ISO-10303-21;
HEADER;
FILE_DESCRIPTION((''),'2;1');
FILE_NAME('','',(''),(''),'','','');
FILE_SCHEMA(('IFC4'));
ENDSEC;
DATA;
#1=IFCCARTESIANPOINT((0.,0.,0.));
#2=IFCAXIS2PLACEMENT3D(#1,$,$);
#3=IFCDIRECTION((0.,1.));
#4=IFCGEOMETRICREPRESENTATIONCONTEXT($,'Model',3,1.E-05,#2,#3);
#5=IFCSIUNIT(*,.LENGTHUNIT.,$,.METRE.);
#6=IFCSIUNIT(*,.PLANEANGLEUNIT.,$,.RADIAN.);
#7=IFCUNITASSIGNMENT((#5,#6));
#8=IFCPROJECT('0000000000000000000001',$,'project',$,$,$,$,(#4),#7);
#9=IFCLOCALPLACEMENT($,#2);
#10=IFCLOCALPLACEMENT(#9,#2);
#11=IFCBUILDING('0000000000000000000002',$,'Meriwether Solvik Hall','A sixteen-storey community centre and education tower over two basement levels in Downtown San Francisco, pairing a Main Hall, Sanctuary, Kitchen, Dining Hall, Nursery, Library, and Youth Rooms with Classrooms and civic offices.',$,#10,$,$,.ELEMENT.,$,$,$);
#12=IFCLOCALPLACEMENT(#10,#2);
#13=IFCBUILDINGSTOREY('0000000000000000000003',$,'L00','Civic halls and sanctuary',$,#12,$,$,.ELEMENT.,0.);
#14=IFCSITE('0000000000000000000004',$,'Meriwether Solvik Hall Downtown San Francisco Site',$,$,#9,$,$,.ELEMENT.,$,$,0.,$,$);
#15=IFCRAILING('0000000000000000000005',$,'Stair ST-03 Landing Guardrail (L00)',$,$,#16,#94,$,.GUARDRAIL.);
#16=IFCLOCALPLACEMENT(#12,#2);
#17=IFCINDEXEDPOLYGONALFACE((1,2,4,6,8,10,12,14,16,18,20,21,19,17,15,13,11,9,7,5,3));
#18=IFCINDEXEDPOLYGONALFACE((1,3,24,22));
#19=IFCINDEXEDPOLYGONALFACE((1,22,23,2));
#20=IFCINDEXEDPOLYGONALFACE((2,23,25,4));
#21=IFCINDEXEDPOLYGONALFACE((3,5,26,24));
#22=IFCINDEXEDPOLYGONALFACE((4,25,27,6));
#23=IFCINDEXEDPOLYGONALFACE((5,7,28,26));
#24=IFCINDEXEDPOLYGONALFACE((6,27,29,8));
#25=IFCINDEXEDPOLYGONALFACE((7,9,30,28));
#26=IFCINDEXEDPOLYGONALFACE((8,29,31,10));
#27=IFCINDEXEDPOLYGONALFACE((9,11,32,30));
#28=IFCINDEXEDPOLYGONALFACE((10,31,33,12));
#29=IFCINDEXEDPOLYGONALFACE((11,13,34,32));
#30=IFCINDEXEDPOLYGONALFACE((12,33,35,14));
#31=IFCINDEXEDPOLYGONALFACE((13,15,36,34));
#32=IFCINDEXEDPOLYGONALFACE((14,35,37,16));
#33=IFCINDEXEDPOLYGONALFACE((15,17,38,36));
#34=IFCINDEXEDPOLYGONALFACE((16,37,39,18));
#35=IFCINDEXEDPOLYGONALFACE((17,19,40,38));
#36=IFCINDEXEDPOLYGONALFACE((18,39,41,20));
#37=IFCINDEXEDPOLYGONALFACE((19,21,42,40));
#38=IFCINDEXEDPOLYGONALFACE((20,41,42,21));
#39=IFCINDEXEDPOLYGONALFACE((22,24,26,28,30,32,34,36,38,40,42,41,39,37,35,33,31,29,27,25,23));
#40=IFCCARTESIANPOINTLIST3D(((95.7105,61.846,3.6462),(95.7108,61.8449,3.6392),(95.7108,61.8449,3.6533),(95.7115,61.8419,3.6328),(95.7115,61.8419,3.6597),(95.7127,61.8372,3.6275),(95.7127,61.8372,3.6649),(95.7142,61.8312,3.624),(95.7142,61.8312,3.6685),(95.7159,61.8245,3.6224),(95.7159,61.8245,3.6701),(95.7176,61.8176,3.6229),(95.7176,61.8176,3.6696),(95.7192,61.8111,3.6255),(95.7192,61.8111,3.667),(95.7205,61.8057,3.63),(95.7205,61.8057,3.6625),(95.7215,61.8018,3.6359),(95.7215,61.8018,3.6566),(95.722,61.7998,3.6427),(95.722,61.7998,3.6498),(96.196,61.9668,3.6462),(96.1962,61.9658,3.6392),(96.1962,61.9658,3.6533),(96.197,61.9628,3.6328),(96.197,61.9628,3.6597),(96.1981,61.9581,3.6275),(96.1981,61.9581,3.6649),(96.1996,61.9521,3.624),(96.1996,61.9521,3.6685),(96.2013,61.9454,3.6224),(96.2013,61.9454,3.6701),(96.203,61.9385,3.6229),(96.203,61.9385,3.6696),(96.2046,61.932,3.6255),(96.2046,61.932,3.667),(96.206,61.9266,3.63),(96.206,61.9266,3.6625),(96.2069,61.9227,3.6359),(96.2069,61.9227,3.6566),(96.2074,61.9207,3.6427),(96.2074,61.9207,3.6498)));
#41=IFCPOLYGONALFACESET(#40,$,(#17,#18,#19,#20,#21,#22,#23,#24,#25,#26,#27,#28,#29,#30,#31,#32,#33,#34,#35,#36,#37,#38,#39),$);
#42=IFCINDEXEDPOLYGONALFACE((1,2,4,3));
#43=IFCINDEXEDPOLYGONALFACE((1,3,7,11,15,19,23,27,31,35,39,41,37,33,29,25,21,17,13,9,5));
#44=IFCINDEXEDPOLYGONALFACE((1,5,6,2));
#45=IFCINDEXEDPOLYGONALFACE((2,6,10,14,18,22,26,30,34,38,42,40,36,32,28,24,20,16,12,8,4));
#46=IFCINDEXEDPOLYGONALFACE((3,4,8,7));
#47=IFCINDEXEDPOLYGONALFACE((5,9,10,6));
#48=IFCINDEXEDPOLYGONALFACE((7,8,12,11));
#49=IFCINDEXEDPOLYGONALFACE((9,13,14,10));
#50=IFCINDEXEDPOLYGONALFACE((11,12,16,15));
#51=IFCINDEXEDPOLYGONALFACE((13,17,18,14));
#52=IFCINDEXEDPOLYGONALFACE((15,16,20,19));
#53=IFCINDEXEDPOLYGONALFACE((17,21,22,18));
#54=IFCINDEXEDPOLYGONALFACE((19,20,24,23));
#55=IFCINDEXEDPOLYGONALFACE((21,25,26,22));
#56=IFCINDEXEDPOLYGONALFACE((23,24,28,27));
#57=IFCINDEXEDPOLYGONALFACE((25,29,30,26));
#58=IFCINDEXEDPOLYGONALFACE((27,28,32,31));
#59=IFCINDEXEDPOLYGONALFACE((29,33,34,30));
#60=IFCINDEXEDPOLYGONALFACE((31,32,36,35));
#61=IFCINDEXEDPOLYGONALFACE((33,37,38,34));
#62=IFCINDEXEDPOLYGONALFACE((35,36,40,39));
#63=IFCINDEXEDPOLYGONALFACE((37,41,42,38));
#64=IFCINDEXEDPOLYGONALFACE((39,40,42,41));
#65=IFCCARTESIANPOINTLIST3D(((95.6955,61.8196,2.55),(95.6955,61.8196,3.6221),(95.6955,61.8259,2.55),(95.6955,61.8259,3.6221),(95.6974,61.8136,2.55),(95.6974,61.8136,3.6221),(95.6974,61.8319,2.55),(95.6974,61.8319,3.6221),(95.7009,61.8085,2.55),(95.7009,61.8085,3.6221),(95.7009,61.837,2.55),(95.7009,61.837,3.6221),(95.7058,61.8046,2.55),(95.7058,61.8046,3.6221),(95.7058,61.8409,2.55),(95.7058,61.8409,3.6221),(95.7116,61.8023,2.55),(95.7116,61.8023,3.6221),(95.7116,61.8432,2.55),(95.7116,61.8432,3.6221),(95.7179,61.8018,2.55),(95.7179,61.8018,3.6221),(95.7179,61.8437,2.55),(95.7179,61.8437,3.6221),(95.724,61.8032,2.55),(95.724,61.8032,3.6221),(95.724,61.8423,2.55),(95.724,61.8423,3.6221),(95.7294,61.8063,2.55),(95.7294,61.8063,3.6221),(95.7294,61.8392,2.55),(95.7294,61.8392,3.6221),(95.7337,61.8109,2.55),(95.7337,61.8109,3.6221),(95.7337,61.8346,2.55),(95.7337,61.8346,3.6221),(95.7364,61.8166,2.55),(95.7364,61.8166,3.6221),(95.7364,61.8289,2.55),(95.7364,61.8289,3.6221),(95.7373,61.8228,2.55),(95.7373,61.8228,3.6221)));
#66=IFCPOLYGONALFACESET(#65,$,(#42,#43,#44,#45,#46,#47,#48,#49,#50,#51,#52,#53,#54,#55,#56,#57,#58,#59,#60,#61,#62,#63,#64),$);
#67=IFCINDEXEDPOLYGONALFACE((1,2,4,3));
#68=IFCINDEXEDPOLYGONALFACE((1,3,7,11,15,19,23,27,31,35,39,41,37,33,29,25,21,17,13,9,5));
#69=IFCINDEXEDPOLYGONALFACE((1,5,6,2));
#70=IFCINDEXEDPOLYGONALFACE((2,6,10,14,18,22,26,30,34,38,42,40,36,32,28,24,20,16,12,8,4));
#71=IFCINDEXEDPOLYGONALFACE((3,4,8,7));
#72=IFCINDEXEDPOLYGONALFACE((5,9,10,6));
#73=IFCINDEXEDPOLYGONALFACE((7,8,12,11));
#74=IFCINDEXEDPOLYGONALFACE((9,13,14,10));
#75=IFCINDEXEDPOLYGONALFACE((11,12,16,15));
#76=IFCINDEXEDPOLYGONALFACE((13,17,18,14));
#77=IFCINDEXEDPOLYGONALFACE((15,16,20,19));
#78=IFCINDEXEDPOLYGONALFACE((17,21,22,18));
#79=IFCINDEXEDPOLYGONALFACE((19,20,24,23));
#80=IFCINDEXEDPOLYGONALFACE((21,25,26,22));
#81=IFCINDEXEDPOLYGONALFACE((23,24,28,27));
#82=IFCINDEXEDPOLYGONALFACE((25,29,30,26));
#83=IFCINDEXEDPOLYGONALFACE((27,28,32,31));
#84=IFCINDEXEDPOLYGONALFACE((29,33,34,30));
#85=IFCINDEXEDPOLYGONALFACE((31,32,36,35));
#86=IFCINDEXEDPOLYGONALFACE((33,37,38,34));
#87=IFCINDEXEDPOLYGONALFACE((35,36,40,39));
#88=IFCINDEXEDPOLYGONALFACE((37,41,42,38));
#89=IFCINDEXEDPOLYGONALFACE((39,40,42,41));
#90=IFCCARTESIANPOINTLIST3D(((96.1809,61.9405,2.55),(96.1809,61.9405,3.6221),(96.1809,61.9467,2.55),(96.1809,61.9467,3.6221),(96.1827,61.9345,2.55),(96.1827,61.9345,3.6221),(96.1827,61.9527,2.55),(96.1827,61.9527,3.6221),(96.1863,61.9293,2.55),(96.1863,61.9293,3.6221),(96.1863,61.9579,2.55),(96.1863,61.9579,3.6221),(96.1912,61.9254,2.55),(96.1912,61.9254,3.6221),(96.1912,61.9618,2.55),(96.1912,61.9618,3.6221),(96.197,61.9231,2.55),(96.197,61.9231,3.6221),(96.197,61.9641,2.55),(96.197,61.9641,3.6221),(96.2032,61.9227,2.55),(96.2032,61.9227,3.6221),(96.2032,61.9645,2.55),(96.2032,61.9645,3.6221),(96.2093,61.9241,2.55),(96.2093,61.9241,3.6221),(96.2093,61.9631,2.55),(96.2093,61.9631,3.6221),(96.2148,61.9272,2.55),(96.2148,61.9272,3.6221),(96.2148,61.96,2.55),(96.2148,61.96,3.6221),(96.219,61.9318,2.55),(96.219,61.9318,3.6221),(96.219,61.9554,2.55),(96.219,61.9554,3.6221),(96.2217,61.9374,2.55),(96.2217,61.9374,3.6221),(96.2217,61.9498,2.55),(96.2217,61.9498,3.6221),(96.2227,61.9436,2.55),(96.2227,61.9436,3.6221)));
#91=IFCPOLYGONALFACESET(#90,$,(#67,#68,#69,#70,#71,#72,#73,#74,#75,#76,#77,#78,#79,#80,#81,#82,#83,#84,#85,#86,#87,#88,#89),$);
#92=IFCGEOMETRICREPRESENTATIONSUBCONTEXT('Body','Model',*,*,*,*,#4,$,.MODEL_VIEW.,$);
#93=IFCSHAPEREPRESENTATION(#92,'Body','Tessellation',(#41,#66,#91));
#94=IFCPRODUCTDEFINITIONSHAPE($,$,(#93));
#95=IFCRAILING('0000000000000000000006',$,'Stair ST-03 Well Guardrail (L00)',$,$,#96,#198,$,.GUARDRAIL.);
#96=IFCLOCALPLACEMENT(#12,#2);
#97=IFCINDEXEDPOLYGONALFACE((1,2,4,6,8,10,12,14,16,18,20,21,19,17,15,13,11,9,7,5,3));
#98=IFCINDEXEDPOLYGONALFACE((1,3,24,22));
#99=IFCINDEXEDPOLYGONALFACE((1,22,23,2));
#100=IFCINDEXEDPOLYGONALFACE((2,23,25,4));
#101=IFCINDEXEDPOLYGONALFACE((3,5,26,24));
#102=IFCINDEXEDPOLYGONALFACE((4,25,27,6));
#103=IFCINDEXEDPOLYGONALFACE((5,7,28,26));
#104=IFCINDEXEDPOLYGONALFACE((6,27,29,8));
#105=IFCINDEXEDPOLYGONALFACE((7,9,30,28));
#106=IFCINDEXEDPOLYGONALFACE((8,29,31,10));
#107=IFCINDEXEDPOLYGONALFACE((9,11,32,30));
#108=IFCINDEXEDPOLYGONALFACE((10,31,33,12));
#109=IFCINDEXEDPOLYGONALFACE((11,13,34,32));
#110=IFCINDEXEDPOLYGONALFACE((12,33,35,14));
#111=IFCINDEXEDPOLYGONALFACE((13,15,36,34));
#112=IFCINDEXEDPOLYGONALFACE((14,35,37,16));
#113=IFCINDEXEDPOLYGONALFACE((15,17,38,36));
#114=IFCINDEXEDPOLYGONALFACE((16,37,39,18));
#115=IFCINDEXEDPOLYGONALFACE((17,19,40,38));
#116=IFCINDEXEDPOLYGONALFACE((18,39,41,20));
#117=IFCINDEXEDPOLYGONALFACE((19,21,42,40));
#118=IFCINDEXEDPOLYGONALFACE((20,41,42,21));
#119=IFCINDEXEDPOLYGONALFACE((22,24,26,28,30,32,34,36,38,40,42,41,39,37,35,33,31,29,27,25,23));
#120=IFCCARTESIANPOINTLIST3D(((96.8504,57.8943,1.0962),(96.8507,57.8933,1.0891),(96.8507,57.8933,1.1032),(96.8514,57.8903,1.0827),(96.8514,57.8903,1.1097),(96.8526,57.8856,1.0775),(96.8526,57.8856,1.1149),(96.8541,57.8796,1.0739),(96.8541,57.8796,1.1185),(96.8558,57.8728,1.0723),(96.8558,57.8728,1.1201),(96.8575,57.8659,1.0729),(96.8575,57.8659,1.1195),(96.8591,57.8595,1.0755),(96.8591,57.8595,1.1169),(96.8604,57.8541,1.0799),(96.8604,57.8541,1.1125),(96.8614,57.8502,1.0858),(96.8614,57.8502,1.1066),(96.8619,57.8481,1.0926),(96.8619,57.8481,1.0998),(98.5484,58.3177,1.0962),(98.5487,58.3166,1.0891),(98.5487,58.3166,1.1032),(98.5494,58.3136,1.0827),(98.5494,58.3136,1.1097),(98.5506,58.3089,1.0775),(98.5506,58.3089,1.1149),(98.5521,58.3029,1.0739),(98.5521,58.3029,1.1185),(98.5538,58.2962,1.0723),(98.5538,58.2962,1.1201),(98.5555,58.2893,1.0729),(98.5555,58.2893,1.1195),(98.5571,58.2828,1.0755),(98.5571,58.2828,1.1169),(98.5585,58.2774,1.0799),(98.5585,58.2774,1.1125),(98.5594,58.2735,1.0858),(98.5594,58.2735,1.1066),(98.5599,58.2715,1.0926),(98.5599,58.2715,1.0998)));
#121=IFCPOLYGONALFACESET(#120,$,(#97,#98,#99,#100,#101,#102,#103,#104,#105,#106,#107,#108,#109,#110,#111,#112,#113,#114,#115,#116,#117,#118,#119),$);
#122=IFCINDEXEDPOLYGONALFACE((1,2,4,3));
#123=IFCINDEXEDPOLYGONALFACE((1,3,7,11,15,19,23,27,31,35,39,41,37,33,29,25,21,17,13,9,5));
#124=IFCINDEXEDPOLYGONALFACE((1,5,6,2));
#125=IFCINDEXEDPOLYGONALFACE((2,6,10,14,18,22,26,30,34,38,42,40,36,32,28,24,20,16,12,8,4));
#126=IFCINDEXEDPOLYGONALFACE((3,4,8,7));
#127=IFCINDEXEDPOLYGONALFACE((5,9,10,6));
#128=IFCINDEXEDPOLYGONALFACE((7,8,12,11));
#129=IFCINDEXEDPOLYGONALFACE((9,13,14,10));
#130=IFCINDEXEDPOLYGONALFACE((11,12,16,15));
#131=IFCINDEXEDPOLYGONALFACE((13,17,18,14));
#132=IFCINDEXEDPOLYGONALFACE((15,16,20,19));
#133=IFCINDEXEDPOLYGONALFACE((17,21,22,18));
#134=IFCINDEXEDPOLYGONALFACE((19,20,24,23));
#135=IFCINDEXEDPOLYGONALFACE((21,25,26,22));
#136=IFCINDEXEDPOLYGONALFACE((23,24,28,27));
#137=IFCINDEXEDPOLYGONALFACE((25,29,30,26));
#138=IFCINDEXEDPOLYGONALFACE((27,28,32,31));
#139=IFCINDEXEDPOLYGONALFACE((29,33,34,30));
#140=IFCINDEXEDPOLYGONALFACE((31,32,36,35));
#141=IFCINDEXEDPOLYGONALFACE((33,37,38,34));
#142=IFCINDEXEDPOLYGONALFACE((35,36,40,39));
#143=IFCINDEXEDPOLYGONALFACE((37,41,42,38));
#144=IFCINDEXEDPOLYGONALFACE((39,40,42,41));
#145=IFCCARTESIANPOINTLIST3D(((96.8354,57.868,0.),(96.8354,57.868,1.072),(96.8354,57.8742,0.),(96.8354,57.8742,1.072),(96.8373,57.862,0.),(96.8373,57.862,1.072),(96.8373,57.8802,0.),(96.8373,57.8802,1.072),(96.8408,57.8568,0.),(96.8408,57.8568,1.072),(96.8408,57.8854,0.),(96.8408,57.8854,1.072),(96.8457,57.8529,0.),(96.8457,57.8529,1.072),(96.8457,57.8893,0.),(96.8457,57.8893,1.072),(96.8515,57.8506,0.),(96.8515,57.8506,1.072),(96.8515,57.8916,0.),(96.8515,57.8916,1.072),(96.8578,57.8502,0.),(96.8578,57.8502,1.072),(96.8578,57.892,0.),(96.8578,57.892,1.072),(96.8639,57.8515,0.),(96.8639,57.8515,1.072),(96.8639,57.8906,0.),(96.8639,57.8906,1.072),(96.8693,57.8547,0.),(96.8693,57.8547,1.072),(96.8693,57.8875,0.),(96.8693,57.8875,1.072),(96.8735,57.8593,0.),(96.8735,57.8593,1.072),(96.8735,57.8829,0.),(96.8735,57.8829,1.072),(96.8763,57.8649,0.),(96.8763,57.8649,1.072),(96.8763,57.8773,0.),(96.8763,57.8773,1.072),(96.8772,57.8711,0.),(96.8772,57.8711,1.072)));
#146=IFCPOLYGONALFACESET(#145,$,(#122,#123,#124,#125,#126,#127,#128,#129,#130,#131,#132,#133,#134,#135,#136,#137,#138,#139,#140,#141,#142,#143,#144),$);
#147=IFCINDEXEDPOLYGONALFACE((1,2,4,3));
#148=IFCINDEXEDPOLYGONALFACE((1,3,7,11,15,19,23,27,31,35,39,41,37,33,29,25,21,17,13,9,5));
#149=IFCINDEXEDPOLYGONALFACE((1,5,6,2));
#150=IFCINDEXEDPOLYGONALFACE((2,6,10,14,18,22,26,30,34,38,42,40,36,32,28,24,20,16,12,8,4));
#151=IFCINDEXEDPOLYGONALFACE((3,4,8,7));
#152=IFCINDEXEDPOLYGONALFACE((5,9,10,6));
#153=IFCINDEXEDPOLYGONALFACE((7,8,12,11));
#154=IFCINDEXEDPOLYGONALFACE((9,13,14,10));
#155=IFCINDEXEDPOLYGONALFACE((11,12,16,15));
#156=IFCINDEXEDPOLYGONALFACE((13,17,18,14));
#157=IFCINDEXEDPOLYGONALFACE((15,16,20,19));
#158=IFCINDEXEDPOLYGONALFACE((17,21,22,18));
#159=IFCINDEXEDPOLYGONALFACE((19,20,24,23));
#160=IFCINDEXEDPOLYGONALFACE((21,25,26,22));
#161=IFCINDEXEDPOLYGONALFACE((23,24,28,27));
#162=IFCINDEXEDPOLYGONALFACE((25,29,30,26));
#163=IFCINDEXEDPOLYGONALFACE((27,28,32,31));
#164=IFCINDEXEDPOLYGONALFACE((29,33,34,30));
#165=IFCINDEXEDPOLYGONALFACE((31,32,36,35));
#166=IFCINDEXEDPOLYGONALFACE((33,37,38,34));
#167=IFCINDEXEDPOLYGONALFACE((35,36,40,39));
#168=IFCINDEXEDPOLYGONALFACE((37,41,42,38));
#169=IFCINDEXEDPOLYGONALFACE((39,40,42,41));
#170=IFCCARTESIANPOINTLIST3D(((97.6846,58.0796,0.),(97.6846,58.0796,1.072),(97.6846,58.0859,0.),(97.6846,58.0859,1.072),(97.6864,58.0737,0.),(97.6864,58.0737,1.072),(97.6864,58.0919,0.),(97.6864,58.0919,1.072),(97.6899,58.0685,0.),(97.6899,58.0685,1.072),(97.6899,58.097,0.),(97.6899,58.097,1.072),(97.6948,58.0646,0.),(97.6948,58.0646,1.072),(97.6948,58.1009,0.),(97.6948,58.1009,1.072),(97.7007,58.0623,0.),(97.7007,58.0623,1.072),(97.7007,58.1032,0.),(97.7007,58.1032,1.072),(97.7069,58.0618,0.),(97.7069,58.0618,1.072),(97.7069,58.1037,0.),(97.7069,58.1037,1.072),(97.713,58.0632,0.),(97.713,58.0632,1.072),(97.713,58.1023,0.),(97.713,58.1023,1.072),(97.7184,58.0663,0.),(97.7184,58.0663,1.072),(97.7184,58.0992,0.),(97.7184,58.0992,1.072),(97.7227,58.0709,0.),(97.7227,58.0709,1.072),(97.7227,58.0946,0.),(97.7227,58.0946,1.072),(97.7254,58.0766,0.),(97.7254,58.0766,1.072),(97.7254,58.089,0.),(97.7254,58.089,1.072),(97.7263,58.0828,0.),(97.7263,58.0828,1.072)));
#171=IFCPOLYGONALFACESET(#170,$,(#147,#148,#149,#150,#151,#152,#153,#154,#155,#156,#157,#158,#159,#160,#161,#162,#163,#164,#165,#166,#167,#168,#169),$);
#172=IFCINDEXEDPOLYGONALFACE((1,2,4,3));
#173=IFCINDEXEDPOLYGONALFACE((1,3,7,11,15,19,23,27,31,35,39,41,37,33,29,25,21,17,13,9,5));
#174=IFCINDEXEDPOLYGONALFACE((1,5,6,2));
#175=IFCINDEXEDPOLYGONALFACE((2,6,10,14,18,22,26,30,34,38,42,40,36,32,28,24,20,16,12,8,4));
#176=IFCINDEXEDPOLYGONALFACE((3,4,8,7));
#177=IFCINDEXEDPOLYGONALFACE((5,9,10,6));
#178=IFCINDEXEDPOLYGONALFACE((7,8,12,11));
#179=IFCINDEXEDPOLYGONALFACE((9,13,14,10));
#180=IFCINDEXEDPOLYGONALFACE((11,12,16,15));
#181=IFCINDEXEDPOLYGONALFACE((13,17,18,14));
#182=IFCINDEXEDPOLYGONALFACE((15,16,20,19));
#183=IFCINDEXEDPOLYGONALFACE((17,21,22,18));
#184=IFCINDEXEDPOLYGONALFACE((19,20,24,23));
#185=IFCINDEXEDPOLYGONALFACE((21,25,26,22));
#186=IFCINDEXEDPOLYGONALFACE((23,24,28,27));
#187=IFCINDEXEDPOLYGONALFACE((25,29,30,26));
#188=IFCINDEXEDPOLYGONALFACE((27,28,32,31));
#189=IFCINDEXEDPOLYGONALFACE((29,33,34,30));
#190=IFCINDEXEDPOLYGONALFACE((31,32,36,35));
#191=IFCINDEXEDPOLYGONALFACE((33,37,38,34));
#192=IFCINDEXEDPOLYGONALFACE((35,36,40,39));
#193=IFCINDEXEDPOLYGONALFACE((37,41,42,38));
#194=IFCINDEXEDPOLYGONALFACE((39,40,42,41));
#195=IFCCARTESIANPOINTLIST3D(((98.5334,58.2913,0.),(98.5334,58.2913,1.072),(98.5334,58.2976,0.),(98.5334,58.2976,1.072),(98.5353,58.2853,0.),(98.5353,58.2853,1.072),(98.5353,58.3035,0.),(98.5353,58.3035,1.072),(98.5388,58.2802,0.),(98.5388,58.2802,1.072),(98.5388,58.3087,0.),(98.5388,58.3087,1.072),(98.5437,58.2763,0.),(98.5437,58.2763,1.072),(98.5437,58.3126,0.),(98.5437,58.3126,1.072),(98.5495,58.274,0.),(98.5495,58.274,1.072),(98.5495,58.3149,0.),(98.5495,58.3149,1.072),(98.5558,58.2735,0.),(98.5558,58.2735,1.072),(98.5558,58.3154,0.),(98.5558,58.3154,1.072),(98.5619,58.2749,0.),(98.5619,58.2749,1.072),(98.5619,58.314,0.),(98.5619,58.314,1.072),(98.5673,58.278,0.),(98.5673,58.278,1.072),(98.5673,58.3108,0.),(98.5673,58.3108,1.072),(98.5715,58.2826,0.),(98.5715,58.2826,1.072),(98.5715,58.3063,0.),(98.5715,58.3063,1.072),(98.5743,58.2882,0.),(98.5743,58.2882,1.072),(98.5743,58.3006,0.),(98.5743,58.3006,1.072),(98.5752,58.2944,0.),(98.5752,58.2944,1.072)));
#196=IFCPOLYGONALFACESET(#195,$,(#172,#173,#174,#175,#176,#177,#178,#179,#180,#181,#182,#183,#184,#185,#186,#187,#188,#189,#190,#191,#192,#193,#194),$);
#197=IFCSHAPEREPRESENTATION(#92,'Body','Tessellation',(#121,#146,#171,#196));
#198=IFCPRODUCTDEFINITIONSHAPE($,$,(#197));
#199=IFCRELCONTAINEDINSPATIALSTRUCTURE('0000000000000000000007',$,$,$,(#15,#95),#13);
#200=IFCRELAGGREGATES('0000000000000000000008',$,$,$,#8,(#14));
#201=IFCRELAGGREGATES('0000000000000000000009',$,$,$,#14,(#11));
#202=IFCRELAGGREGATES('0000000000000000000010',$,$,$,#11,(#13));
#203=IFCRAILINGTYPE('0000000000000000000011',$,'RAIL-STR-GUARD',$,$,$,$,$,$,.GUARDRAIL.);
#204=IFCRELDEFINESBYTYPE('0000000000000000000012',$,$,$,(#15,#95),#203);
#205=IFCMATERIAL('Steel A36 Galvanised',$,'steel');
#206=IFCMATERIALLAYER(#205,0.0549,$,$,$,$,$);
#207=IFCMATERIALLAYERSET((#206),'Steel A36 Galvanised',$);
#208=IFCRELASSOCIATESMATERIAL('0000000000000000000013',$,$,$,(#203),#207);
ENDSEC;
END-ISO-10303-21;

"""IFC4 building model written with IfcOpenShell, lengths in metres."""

from ifc_helpers import new_model, si_unit, direction, frame, origin, origin_2d, place, context, subcontext, project, spatial, circle, extrude, material, layer, layer_set, type_object, element, save


model = new_model("IFC4")

# Units and contexts
model_context = context("Model", 3, precision=1e-05, world=origin(), true_north=direction((0.0, 1.0)))
body_context = subcontext(model_context, "Body", "Model", "MODEL_VIEW")
ifc_project = project(units=[si_unit("LENGTHUNIT", "METRE"), si_unit("PLANEANGLEUNIT", "RADIAN")], contexts=[model_context])

# Site, building, storey
site_placement = place(None, origin())
site = spatial("IfcSite", under=ifc_project, at=site_placement, Name="Meriwether Solvik Hall Downtown San Francisco Site", CompositionType="ELEMENT", RefElevation=0.0)
building_placement = place(site_placement, origin())
building = spatial("IfcBuilding", under=site, at=building_placement, Name="Meriwether Solvik Hall", Description="A sixteen-storey community centre and education tower over two basement levels in Downtown San Francisco, pairing a Main Hall, Sanctuary, Kitchen, Dining Hall, Nursery, Library, and Youth Rooms with Classrooms and civic offices.", CompositionType="ELEMENT")
storey_placement = place(building_placement, origin())
storey = spatial("IfcBuildingStorey", under=building, at=storey_placement, Name="L00", Description="Civic halls and sanctuary", CompositionType="ELEMENT", Elevation=0.0)

# Railings
ifc_material_1 = material(Name="Steel A36 Galvanised", Category="steel")
ifc_layer_1 = layer(ifc_material_1, 0.0549)
ifc_layer_set_1 = layer_set([ifc_layer_1], Name="Steel A36 Galvanised")
railing_type_1 = type_object("IfcRailingType", Name="RAIL-STR-GUARD", PredefinedType="GUARDRAIL", material=ifc_layer_set_1)
railing_1_placement = place(storey_placement, frame((95.7163, 61.8228, 2.55)))
element("IfcRailing", 1, at=railing_1_placement, inside=storey, type_object=railing_type_1, Name="Stair ST-03 Landing Guardrail (L00)", PredefinedType="GUARDRAIL", context=body_context, shape_type="SweptSolid", body=[
    extrude(circle(Radius=0.0239, at=origin_2d()), frame((0.0, 0.0, 1.0962), z_axis=(0.970372, 0.241617, 0.0), x_axis=(-0.241617, 0.970372, 0.0)), (0.0, 0.0, 1.0), 0.5002),
    extrude(circle(Radius=0.021, at=origin_2d()), origin(), (0.0, 0.0, 1.0), 1.072),
    extrude(circle(Radius=0.021, at=origin_2d()), frame((0.4854, 0.1208, 0.0)), (0.0, 0.0, 1.0), 1.072),
])
railing_2_placement = place(storey_placement, frame((96.8562, 57.8711, 0.0)))
element("IfcRailing", 2, at=railing_2_placement, inside=storey, type_object=railing_type_1, Name="Stair ST-03 Well Guardrail (L00)", PredefinedType="GUARDRAIL", context=body_context, shape_type="SweptSolid", body=[
    extrude(circle(Radius=0.0239, at=origin_2d()), frame((0.0, 0.0, 1.0962), z_axis=(0.970298, 0.241912, 0.0), x_axis=(-0.241912, 0.970298, 0.0)), (0.0, 0.0, 1.0), 1.75),
    extrude(circle(Radius=0.021, at=origin_2d()), origin(), (0.0, 0.0, 1.0), 1.072),
    extrude(circle(Radius=0.021, at=origin_2d()), frame((0.8491, 0.2117, 0.0)), (0.0, 0.0, 1.0), 1.072),
    extrude(circle(Radius=0.021, at=origin_2d()), frame((1.698, 0.4233, 0.0)), (0.0, 0.0, 1.0), 1.072),
])

save(model, "model.ifc")
